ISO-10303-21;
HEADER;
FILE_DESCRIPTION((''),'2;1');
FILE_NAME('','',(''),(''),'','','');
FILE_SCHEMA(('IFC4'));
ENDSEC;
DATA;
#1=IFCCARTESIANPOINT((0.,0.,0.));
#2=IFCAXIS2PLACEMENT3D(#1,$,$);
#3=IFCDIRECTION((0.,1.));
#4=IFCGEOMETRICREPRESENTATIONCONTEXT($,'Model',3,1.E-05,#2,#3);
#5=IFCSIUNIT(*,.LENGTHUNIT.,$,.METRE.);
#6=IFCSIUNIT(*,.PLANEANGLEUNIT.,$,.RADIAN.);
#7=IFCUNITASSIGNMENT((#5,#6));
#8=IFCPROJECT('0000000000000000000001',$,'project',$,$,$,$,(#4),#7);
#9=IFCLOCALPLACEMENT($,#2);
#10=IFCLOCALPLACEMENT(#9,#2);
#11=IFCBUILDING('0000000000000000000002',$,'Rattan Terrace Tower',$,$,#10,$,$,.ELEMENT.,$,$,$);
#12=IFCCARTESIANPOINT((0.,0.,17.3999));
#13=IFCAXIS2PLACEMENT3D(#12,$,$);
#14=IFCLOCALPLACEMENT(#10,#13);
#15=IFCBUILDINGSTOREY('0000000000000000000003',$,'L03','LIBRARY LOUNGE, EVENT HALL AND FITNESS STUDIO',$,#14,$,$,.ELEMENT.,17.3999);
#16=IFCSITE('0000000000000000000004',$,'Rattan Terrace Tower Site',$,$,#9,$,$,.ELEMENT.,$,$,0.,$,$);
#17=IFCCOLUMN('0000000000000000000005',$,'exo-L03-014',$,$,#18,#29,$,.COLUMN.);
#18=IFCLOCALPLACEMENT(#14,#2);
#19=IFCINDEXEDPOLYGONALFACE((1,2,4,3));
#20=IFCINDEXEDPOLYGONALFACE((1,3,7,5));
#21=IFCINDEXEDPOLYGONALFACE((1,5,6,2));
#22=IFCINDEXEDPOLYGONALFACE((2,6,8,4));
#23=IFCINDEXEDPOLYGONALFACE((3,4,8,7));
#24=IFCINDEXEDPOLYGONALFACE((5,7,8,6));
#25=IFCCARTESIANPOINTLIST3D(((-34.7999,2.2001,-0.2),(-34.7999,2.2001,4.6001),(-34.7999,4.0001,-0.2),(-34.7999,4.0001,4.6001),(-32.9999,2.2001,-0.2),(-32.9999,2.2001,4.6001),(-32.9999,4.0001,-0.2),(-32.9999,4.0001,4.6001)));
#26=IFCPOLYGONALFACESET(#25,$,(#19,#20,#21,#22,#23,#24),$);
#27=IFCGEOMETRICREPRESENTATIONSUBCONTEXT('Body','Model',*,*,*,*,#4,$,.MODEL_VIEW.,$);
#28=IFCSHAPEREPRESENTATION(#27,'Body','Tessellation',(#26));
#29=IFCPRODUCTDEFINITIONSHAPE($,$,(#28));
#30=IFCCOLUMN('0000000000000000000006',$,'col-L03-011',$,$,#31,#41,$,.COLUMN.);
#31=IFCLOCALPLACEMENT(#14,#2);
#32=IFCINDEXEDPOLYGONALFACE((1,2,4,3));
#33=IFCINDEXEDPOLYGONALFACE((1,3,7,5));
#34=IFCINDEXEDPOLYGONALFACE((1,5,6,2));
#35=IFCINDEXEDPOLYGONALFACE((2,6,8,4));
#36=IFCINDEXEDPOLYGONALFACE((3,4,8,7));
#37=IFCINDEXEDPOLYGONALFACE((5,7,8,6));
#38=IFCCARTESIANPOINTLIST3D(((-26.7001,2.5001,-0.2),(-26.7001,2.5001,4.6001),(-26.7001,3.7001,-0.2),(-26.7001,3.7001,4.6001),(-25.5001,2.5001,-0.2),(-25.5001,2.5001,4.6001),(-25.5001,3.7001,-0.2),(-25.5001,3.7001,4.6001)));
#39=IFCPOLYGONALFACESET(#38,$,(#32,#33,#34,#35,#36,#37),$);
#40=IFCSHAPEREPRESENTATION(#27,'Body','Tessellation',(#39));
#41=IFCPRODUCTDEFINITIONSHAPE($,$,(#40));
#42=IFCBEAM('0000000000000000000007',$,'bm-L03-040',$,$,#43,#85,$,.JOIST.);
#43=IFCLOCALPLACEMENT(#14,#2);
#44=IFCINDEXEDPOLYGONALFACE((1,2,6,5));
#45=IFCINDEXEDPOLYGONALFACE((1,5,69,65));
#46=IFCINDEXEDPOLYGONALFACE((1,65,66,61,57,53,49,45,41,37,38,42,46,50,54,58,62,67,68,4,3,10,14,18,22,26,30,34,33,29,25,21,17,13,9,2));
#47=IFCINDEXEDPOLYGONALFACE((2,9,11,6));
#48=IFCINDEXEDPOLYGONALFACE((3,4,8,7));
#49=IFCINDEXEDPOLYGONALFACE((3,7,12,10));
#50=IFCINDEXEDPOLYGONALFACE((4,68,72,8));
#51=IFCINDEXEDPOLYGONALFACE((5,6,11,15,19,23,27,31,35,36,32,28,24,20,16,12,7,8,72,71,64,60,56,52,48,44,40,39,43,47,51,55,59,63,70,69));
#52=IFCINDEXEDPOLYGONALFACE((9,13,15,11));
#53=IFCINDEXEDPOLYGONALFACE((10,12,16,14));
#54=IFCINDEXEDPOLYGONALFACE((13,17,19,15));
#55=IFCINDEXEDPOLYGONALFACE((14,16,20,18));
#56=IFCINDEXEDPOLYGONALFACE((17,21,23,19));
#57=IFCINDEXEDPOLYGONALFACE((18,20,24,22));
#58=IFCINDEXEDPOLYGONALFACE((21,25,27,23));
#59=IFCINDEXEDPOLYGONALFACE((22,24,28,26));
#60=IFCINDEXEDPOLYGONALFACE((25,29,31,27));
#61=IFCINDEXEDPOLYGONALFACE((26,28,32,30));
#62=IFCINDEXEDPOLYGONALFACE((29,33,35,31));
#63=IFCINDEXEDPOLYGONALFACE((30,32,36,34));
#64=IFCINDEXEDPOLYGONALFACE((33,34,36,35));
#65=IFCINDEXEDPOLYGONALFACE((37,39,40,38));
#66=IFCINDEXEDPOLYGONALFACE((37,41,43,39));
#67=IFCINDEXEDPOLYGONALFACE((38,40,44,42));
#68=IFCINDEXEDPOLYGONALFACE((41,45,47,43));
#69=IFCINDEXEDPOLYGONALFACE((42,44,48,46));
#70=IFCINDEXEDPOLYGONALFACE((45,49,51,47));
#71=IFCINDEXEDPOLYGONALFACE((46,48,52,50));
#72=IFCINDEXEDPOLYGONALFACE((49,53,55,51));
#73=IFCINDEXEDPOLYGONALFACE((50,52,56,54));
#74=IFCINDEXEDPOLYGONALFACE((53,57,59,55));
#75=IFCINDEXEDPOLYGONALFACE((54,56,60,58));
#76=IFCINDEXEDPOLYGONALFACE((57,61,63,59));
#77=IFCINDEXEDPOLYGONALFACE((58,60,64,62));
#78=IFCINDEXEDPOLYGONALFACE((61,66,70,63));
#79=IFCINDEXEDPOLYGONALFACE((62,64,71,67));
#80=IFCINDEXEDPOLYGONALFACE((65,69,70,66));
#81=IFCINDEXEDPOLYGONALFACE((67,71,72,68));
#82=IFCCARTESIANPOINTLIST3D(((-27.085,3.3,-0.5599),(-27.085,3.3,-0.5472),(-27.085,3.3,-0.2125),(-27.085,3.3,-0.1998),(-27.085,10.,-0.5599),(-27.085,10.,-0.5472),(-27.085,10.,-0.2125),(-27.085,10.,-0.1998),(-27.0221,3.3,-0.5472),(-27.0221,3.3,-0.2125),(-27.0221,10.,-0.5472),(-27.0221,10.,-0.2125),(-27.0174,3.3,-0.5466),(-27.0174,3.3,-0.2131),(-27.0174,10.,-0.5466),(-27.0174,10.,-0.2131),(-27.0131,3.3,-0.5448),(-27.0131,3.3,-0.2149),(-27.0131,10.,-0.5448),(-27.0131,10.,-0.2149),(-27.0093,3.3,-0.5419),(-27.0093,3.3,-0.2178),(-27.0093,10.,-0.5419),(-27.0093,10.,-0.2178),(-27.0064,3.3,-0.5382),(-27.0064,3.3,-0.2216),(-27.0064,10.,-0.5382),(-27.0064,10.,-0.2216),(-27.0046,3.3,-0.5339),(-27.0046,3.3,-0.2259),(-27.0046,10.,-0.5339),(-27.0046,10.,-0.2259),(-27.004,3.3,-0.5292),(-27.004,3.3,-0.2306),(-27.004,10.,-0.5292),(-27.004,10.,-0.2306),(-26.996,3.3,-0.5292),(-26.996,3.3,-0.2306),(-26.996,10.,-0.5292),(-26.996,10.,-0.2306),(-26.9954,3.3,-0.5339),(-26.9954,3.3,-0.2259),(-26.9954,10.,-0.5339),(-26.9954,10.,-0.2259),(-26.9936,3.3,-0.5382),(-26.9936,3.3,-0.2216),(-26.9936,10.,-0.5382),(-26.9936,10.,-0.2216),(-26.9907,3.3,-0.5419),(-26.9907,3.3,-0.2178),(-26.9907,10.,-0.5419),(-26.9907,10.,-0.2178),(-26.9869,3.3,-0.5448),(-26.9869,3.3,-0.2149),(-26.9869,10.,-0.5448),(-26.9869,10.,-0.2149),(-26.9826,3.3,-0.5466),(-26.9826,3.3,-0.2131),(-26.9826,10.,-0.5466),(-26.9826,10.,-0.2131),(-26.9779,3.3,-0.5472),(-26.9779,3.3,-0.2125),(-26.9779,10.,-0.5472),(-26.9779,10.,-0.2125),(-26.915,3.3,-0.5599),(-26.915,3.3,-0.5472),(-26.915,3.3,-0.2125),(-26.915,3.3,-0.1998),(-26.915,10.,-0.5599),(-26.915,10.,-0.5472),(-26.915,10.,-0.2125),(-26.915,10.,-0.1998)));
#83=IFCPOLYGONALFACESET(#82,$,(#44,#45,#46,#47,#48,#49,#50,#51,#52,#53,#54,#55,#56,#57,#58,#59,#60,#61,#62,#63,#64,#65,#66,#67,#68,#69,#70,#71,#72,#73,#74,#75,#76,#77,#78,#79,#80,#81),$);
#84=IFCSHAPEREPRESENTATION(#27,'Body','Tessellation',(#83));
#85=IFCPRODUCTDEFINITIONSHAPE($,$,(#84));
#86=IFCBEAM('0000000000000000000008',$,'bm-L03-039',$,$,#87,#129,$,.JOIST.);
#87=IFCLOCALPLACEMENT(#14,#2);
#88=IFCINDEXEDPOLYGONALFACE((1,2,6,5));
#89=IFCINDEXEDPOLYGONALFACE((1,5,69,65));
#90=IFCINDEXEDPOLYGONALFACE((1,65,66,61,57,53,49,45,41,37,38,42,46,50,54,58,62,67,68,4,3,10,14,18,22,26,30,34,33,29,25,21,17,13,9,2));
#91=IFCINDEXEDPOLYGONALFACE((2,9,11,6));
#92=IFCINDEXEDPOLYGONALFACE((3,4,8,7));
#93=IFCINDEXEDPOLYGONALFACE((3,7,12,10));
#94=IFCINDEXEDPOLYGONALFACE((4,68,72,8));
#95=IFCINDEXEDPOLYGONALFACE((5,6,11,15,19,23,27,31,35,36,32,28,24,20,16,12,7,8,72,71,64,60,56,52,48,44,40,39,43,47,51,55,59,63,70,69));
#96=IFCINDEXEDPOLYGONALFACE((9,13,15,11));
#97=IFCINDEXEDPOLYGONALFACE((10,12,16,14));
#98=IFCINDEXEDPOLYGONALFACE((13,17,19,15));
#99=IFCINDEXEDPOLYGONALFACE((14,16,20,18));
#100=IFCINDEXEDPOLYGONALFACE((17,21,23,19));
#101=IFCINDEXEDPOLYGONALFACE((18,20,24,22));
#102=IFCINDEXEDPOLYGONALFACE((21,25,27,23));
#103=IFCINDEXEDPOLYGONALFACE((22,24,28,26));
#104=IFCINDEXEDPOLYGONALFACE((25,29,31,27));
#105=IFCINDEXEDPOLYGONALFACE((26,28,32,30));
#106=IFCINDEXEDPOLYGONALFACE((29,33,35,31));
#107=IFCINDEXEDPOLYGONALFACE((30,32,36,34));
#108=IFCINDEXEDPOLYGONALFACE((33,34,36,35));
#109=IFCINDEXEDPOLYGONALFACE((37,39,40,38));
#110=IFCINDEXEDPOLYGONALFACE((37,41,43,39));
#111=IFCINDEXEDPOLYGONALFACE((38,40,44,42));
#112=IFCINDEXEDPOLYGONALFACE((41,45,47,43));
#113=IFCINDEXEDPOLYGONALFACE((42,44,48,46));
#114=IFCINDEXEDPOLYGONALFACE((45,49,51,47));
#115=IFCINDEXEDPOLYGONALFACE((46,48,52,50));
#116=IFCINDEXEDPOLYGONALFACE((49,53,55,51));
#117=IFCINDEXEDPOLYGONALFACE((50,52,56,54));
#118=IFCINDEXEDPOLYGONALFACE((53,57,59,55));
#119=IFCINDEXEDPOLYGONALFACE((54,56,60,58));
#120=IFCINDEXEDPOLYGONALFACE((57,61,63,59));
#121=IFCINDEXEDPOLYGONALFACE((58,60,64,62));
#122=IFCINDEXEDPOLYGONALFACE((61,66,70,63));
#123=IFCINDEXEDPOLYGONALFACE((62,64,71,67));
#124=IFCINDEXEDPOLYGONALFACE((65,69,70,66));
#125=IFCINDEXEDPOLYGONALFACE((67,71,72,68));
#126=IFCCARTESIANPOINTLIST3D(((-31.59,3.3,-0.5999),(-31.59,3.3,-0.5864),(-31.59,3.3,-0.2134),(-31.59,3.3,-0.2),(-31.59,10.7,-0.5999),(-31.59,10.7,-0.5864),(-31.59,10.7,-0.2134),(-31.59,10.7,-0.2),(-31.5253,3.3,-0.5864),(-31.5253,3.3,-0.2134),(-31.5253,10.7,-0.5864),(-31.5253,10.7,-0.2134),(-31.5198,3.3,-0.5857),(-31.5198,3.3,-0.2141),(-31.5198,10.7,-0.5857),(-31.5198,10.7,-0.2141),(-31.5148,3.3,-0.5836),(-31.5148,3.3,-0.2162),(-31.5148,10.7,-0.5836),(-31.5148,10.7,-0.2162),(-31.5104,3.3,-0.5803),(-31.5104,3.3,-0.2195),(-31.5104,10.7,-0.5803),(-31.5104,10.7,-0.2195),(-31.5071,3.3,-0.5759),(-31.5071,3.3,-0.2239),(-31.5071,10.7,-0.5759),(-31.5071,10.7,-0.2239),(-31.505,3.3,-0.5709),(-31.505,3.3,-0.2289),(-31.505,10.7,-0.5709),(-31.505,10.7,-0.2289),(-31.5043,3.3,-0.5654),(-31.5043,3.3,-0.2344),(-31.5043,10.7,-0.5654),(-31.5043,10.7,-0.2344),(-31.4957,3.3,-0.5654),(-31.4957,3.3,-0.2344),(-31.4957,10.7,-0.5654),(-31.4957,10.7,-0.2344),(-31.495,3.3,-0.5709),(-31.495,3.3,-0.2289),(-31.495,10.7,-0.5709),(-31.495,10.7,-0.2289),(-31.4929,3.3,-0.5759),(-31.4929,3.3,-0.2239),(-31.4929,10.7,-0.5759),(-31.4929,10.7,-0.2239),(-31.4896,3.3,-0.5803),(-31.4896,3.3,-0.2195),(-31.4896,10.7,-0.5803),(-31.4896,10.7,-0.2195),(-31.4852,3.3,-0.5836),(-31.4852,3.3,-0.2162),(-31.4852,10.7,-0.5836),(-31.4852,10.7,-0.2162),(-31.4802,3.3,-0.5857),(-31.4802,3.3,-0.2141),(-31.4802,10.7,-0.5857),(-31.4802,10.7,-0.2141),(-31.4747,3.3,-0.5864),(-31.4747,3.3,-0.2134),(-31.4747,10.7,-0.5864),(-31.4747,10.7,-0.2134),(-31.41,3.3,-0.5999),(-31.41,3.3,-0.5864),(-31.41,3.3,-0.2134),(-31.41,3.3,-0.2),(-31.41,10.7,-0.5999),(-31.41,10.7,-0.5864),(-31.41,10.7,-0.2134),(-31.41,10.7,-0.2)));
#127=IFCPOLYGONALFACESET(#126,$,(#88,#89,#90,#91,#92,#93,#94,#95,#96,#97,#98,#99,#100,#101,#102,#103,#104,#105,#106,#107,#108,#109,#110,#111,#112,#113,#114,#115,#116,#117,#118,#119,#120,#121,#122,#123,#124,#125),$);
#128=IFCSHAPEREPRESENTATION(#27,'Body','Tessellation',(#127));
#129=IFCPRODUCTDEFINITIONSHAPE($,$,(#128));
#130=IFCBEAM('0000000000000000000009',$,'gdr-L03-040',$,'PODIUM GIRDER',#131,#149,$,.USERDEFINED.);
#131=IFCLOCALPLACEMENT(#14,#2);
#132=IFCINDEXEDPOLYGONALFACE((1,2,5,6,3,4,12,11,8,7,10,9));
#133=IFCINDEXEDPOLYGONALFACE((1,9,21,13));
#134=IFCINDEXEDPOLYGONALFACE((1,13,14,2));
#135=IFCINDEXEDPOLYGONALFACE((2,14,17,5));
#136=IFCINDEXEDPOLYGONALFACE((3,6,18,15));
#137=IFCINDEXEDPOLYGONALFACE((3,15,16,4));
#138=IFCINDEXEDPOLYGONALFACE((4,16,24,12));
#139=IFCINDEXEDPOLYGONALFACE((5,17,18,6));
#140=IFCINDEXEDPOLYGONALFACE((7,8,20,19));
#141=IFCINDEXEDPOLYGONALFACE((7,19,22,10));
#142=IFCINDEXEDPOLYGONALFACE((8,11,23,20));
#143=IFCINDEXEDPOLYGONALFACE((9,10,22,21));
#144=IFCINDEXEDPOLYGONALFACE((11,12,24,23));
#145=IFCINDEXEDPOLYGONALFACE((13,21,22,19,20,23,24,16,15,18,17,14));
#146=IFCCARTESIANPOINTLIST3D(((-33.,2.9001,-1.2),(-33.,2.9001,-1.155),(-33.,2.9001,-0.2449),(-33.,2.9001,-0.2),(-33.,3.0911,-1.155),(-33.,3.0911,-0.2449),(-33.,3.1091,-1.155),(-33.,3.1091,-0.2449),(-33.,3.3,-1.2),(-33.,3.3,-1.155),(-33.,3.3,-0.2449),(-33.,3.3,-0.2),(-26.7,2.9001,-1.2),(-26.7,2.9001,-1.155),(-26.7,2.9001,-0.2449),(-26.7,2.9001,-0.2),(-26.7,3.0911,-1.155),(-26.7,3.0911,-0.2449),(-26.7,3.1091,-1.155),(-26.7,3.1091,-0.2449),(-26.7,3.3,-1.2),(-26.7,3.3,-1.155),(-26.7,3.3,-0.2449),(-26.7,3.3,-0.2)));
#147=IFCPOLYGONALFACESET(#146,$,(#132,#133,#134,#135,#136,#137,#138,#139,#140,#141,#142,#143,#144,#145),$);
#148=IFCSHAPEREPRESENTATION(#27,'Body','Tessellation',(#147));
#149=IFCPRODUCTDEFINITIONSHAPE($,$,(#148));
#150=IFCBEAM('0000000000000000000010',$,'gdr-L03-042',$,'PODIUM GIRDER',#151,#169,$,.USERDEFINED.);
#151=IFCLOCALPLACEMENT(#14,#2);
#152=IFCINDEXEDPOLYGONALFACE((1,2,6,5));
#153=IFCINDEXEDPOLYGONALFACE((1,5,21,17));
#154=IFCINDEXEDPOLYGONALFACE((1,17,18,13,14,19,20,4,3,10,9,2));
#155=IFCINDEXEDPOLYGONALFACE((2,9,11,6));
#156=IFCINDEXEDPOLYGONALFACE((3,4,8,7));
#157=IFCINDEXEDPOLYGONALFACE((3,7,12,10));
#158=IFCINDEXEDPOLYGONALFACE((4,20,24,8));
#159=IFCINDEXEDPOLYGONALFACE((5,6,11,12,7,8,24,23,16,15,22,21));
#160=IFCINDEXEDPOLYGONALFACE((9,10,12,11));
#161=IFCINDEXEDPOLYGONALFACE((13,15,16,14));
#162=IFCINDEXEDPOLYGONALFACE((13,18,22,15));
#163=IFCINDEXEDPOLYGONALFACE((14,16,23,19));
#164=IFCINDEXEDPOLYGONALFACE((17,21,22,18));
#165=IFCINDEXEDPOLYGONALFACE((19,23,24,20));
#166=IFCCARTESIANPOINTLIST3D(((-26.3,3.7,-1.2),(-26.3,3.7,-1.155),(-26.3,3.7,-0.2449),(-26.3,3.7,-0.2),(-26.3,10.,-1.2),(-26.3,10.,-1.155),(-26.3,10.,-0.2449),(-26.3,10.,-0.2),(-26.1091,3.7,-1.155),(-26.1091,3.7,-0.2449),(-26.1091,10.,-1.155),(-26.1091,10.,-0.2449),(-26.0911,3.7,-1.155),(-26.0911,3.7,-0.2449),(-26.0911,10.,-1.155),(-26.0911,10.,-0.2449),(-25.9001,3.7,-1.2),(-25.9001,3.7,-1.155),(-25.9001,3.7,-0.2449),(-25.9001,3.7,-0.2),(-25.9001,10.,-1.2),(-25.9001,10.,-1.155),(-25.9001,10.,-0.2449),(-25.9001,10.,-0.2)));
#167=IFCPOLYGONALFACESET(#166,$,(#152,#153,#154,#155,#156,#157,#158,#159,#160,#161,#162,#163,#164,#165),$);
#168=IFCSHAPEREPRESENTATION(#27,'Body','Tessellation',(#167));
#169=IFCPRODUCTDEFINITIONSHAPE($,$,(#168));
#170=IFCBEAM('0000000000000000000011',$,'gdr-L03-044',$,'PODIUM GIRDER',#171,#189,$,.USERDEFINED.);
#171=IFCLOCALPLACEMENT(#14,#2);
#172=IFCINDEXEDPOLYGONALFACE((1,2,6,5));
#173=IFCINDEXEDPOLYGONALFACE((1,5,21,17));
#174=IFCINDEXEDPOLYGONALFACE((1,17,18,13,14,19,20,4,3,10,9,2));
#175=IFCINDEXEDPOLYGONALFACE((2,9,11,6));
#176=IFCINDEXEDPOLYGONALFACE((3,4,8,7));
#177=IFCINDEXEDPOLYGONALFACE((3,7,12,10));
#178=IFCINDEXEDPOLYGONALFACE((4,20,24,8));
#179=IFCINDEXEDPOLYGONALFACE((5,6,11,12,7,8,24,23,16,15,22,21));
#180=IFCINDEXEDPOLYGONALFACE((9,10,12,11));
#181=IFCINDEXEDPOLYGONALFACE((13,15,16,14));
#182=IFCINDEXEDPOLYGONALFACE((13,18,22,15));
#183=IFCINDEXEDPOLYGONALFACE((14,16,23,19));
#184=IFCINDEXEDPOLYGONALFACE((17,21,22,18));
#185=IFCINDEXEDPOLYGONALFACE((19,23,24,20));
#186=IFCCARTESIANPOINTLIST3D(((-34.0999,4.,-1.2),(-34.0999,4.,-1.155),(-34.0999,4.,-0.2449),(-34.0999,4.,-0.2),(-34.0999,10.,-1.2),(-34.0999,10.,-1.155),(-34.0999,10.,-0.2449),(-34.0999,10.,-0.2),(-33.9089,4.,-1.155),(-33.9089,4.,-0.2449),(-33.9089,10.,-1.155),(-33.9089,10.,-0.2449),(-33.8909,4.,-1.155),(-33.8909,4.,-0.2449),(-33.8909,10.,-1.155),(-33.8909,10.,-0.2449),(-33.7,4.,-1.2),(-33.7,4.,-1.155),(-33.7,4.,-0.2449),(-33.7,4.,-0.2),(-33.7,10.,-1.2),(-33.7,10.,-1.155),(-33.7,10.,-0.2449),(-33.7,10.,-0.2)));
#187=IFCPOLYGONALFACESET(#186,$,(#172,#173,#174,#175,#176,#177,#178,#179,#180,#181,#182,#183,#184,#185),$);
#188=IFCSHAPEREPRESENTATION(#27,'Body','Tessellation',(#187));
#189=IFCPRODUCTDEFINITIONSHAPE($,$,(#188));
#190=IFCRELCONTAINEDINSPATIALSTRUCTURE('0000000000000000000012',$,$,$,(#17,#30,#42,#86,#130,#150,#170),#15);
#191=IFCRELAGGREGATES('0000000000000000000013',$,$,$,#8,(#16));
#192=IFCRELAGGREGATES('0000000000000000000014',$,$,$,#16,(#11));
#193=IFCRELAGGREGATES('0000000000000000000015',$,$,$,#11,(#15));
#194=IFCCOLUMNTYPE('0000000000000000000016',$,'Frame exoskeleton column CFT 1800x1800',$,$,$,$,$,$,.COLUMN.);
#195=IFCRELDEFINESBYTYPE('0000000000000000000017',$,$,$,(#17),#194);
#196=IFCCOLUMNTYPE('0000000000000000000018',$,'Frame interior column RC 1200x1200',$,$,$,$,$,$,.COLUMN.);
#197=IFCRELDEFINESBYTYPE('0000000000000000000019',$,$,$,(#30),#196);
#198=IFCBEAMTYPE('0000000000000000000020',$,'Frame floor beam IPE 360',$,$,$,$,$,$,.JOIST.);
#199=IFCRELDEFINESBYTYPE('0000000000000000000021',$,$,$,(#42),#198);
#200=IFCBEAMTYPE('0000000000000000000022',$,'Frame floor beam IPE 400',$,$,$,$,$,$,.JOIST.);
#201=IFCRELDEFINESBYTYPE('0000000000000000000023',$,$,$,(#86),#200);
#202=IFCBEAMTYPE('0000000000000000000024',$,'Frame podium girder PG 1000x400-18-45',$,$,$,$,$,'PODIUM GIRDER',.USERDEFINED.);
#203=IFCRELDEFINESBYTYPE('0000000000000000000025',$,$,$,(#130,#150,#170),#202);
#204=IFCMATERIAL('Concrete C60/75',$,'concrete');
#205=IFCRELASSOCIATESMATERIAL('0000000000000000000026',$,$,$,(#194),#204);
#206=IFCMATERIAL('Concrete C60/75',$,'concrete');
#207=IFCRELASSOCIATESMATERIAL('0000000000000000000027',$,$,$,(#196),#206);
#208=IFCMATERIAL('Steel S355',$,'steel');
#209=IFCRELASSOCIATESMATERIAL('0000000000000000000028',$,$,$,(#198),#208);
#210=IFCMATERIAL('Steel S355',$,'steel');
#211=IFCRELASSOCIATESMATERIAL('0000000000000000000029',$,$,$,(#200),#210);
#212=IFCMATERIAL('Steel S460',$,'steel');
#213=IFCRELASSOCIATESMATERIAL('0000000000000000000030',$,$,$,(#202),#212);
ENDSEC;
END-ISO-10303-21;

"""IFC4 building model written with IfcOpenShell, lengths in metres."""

from ifc_helpers import new_model, si_unit, direction, frame, origin, origin_2d, place, context, subcontext, project, spatial, rectangle, i_section, extrude, material, material_profile, profile_set, type_object, element, save


model = new_model("IFC4")

# Units and contexts
model_context = context("Model", 3, precision=1e-05, world=origin(), true_north=direction((0.0, 1.0)))
body_context = subcontext(model_context, "Body", "Model", "MODEL_VIEW")
ifc_project = project(units=[si_unit("LENGTHUNIT", "METRE"), si_unit("PLANEANGLEUNIT", "RADIAN")], contexts=[model_context])

# Site, building, storey
site_placement = place(None, origin())
site = spatial("IfcSite", under=ifc_project, at=site_placement, Name="Rattan Terrace Tower Site", CompositionType="ELEMENT", RefElevation=0.0)
building_placement = place(site_placement, origin())
building = spatial("IfcBuilding", under=site, at=building_placement, Name="Rattan Terrace Tower", CompositionType="ELEMENT")
storey_placement = place(building_placement, frame((0.0, 0.0, 17.3999)))
storey = spatial("IfcBuildingStorey", under=building, at=storey_placement, Name="L03", Description="LIBRARY LOUNGE, EVENT HALL AND FITNESS STUDIO", CompositionType="ELEMENT", Elevation=17.3999)

# Columns
ifc_material_1 = material(Name="Concrete C60/75", Category="concrete")
ifc_material_profile_1 = material_profile(ifc_material_1, rectangle(XDim=1.8, YDim=1.8, at=origin_2d()), Name="CFT 1800x1800")
ifc_profile_set_1 = profile_set([ifc_material_profile_1], Name="Concrete C60/75")
column_type_1 = type_object("IfcColumnType", Name="Frame exoskeleton column CFT 1800x1800", PredefinedType="COLUMN", material=ifc_profile_set_1)
column_1_placement = place(storey_placement, frame((-33.8999, 3.1001, -0.2), z_axis=(0.0, 0.0, 1.0), x_axis=(0.0, 1.0, 0.0)))
element("IfcColumn", 1, at=column_1_placement, inside=storey, type_object=column_type_1, Name="exo-L03-014", PredefinedType="COLUMN", context=body_context, shape_type="SweptSolid", body=[
    extrude(rectangle(XDim=1.8, YDim=1.8, at=origin_2d()), origin(), (0.0, 0.0, 1.0), 4.8),
])
ifc_material_2 = material(Name="Concrete C60/75", Category="concrete")
ifc_material_profile_2 = material_profile(ifc_material_2, rectangle(XDim=1.2, YDim=1.2, at=origin_2d()), Name="RC 1200x1200")
ifc_profile_set_2 = profile_set([ifc_material_profile_2], Name="Concrete C60/75")
column_type_2 = type_object("IfcColumnType", Name="Frame interior column RC 1200x1200", PredefinedType="COLUMN", material=ifc_profile_set_2)
column_2_placement = place(storey_placement, frame((-26.1001, 3.1001, -0.2), z_axis=(0.0, 0.0, 1.0), x_axis=(1.0, 0.0, 0.0)))
element("IfcColumn", 2, at=column_2_placement, inside=storey, type_object=column_type_2, Name="col-L03-011", PredefinedType="COLUMN", context=body_context, shape_type="SweptSolid", body=[
    extrude(rectangle(XDim=1.2, YDim=1.2, at=origin_2d()), origin(), (0.0, 0.0, 1.0), 4.8),
])

# Beams
ifc_material_3 = material(Name="Steel S355", Category="steel")
ifc_material_profile_3 = material_profile(ifc_material_3, i_section(OverallWidth=0.1699, OverallDepth=0.3601, WebThickness=0.0081, FlangeThickness=0.0127, FilletRadius=0.0181, at=origin_2d()), Name="IPE 360")
ifc_profile_set_3 = profile_set([ifc_material_profile_3], Name="Steel S355")
beam_type_1 = type_object("IfcBeamType", Name="Frame floor beam IPE 360", PredefinedType="JOIST", material=ifc_profile_set_3)
beam_1_placement = place(storey_placement, frame((-27.0, 3.3, -0.3799), z_axis=(0.0, 1.0, 0.0), x_axis=(-1.0, 0.0, 0.0)))
element("IfcBeam", 3, at=beam_1_placement, inside=storey, type_object=beam_type_1, Name="bm-L03-040", PredefinedType="JOIST", context=body_context, shape_type="SweptSolid", body=[
    extrude(i_section(OverallWidth=0.1699, OverallDepth=0.3601, WebThickness=0.0081, FlangeThickness=0.0127, FilletRadius=0.0181, at=origin_2d()), origin(), (0.0, 0.0, 1.0), 6.7),
])
ifc_material_4 = material(Name="Steel S355", Category="steel")
ifc_material_profile_4 = material_profile(ifc_material_4, i_section(OverallWidth=0.1799, OverallDepth=0.3999, WebThickness=0.0085, FlangeThickness=0.0134, FilletRadius=0.021, at=origin_2d()), Name="IPE 400")
ifc_profile_set_4 = profile_set([ifc_material_profile_4], Name="Steel S355")
beam_type_2 = type_object("IfcBeamType", Name="Frame floor beam IPE 400", PredefinedType="JOIST", material=ifc_profile_set_4)
beam_2_placement = place(storey_placement, frame((-31.5, 3.3, -0.3999), z_axis=(0.0, 1.0, 0.0), x_axis=(-1.0, 0.0, 0.0)))
element("IfcBeam", 4, at=beam_2_placement, inside=storey, type_object=beam_type_2, Name="bm-L03-039", PredefinedType="JOIST", context=body_context, shape_type="SweptSolid", body=[
    extrude(i_section(OverallWidth=0.1799, OverallDepth=0.3999, WebThickness=0.0085, FlangeThickness=0.0134, FilletRadius=0.021, at=origin_2d()), origin(), (0.0, 0.0, 1.0), 7.3999),
])
ifc_material_5 = material(Name="Steel S460", Category="steel")
ifc_material_profile_5 = material_profile(ifc_material_5, i_section(OverallWidth=0.3999, OverallDepth=1.0, WebThickness=0.0181, FlangeThickness=0.0449, at=origin_2d()), Name="PG 1000x400-18-45")
ifc_profile_set_5 = profile_set([ifc_material_profile_5], Name="Steel S460")
beam_type_3 = type_object("IfcBeamType", Name="Frame podium girder PG 1000x400-18-45", ElementType="PODIUM GIRDER", PredefinedType="USERDEFINED", material=ifc_profile_set_5)
for number, where, z_axis, x_axis, name in (
    (5, (-33.0, 3.1001, -0.7), (1.0, 0.0, 0.0), (0.0, 1.0, 0.0), "gdr-L03-040"),
    (6, (-26.1001, 3.7, -0.7), (0.0, 1.0, 0.0), (-1.0, 0.0, 0.0), "gdr-L03-042"),
):
    element("IfcBeam", number, at=place(storey_placement, frame(where, z_axis=z_axis, x_axis=x_axis)), inside=storey, type_object=beam_type_3, Name=name, ObjectType="PODIUM GIRDER", PredefinedType="USERDEFINED", context=body_context, shape_type="SweptSolid", body=[
        extrude(i_section(OverallWidth=0.3999, OverallDepth=1.0, WebThickness=0.0181, FlangeThickness=0.0449, at=origin_2d()), origin(), (0.0, 0.0, 1.0), 6.3),
    ])
beam_3_placement = place(storey_placement, frame((-33.8999, 4.0, -0.7), z_axis=(0.0, 1.0, 0.0), x_axis=(-1.0, 0.0, 0.0)))
element("IfcBeam", 7, at=beam_3_placement, inside=storey, type_object=beam_type_3, Name="gdr-L03-044", ObjectType="PODIUM GIRDER", PredefinedType="USERDEFINED", context=body_context, shape_type="SweptSolid", body=[
    extrude(i_section(OverallWidth=0.3999, OverallDepth=1.0, WebThickness=0.0181, FlangeThickness=0.0449, at=origin_2d()), origin(), (0.0, 0.0, 1.0), 6.0),
])

save(model, "model.ifc")
